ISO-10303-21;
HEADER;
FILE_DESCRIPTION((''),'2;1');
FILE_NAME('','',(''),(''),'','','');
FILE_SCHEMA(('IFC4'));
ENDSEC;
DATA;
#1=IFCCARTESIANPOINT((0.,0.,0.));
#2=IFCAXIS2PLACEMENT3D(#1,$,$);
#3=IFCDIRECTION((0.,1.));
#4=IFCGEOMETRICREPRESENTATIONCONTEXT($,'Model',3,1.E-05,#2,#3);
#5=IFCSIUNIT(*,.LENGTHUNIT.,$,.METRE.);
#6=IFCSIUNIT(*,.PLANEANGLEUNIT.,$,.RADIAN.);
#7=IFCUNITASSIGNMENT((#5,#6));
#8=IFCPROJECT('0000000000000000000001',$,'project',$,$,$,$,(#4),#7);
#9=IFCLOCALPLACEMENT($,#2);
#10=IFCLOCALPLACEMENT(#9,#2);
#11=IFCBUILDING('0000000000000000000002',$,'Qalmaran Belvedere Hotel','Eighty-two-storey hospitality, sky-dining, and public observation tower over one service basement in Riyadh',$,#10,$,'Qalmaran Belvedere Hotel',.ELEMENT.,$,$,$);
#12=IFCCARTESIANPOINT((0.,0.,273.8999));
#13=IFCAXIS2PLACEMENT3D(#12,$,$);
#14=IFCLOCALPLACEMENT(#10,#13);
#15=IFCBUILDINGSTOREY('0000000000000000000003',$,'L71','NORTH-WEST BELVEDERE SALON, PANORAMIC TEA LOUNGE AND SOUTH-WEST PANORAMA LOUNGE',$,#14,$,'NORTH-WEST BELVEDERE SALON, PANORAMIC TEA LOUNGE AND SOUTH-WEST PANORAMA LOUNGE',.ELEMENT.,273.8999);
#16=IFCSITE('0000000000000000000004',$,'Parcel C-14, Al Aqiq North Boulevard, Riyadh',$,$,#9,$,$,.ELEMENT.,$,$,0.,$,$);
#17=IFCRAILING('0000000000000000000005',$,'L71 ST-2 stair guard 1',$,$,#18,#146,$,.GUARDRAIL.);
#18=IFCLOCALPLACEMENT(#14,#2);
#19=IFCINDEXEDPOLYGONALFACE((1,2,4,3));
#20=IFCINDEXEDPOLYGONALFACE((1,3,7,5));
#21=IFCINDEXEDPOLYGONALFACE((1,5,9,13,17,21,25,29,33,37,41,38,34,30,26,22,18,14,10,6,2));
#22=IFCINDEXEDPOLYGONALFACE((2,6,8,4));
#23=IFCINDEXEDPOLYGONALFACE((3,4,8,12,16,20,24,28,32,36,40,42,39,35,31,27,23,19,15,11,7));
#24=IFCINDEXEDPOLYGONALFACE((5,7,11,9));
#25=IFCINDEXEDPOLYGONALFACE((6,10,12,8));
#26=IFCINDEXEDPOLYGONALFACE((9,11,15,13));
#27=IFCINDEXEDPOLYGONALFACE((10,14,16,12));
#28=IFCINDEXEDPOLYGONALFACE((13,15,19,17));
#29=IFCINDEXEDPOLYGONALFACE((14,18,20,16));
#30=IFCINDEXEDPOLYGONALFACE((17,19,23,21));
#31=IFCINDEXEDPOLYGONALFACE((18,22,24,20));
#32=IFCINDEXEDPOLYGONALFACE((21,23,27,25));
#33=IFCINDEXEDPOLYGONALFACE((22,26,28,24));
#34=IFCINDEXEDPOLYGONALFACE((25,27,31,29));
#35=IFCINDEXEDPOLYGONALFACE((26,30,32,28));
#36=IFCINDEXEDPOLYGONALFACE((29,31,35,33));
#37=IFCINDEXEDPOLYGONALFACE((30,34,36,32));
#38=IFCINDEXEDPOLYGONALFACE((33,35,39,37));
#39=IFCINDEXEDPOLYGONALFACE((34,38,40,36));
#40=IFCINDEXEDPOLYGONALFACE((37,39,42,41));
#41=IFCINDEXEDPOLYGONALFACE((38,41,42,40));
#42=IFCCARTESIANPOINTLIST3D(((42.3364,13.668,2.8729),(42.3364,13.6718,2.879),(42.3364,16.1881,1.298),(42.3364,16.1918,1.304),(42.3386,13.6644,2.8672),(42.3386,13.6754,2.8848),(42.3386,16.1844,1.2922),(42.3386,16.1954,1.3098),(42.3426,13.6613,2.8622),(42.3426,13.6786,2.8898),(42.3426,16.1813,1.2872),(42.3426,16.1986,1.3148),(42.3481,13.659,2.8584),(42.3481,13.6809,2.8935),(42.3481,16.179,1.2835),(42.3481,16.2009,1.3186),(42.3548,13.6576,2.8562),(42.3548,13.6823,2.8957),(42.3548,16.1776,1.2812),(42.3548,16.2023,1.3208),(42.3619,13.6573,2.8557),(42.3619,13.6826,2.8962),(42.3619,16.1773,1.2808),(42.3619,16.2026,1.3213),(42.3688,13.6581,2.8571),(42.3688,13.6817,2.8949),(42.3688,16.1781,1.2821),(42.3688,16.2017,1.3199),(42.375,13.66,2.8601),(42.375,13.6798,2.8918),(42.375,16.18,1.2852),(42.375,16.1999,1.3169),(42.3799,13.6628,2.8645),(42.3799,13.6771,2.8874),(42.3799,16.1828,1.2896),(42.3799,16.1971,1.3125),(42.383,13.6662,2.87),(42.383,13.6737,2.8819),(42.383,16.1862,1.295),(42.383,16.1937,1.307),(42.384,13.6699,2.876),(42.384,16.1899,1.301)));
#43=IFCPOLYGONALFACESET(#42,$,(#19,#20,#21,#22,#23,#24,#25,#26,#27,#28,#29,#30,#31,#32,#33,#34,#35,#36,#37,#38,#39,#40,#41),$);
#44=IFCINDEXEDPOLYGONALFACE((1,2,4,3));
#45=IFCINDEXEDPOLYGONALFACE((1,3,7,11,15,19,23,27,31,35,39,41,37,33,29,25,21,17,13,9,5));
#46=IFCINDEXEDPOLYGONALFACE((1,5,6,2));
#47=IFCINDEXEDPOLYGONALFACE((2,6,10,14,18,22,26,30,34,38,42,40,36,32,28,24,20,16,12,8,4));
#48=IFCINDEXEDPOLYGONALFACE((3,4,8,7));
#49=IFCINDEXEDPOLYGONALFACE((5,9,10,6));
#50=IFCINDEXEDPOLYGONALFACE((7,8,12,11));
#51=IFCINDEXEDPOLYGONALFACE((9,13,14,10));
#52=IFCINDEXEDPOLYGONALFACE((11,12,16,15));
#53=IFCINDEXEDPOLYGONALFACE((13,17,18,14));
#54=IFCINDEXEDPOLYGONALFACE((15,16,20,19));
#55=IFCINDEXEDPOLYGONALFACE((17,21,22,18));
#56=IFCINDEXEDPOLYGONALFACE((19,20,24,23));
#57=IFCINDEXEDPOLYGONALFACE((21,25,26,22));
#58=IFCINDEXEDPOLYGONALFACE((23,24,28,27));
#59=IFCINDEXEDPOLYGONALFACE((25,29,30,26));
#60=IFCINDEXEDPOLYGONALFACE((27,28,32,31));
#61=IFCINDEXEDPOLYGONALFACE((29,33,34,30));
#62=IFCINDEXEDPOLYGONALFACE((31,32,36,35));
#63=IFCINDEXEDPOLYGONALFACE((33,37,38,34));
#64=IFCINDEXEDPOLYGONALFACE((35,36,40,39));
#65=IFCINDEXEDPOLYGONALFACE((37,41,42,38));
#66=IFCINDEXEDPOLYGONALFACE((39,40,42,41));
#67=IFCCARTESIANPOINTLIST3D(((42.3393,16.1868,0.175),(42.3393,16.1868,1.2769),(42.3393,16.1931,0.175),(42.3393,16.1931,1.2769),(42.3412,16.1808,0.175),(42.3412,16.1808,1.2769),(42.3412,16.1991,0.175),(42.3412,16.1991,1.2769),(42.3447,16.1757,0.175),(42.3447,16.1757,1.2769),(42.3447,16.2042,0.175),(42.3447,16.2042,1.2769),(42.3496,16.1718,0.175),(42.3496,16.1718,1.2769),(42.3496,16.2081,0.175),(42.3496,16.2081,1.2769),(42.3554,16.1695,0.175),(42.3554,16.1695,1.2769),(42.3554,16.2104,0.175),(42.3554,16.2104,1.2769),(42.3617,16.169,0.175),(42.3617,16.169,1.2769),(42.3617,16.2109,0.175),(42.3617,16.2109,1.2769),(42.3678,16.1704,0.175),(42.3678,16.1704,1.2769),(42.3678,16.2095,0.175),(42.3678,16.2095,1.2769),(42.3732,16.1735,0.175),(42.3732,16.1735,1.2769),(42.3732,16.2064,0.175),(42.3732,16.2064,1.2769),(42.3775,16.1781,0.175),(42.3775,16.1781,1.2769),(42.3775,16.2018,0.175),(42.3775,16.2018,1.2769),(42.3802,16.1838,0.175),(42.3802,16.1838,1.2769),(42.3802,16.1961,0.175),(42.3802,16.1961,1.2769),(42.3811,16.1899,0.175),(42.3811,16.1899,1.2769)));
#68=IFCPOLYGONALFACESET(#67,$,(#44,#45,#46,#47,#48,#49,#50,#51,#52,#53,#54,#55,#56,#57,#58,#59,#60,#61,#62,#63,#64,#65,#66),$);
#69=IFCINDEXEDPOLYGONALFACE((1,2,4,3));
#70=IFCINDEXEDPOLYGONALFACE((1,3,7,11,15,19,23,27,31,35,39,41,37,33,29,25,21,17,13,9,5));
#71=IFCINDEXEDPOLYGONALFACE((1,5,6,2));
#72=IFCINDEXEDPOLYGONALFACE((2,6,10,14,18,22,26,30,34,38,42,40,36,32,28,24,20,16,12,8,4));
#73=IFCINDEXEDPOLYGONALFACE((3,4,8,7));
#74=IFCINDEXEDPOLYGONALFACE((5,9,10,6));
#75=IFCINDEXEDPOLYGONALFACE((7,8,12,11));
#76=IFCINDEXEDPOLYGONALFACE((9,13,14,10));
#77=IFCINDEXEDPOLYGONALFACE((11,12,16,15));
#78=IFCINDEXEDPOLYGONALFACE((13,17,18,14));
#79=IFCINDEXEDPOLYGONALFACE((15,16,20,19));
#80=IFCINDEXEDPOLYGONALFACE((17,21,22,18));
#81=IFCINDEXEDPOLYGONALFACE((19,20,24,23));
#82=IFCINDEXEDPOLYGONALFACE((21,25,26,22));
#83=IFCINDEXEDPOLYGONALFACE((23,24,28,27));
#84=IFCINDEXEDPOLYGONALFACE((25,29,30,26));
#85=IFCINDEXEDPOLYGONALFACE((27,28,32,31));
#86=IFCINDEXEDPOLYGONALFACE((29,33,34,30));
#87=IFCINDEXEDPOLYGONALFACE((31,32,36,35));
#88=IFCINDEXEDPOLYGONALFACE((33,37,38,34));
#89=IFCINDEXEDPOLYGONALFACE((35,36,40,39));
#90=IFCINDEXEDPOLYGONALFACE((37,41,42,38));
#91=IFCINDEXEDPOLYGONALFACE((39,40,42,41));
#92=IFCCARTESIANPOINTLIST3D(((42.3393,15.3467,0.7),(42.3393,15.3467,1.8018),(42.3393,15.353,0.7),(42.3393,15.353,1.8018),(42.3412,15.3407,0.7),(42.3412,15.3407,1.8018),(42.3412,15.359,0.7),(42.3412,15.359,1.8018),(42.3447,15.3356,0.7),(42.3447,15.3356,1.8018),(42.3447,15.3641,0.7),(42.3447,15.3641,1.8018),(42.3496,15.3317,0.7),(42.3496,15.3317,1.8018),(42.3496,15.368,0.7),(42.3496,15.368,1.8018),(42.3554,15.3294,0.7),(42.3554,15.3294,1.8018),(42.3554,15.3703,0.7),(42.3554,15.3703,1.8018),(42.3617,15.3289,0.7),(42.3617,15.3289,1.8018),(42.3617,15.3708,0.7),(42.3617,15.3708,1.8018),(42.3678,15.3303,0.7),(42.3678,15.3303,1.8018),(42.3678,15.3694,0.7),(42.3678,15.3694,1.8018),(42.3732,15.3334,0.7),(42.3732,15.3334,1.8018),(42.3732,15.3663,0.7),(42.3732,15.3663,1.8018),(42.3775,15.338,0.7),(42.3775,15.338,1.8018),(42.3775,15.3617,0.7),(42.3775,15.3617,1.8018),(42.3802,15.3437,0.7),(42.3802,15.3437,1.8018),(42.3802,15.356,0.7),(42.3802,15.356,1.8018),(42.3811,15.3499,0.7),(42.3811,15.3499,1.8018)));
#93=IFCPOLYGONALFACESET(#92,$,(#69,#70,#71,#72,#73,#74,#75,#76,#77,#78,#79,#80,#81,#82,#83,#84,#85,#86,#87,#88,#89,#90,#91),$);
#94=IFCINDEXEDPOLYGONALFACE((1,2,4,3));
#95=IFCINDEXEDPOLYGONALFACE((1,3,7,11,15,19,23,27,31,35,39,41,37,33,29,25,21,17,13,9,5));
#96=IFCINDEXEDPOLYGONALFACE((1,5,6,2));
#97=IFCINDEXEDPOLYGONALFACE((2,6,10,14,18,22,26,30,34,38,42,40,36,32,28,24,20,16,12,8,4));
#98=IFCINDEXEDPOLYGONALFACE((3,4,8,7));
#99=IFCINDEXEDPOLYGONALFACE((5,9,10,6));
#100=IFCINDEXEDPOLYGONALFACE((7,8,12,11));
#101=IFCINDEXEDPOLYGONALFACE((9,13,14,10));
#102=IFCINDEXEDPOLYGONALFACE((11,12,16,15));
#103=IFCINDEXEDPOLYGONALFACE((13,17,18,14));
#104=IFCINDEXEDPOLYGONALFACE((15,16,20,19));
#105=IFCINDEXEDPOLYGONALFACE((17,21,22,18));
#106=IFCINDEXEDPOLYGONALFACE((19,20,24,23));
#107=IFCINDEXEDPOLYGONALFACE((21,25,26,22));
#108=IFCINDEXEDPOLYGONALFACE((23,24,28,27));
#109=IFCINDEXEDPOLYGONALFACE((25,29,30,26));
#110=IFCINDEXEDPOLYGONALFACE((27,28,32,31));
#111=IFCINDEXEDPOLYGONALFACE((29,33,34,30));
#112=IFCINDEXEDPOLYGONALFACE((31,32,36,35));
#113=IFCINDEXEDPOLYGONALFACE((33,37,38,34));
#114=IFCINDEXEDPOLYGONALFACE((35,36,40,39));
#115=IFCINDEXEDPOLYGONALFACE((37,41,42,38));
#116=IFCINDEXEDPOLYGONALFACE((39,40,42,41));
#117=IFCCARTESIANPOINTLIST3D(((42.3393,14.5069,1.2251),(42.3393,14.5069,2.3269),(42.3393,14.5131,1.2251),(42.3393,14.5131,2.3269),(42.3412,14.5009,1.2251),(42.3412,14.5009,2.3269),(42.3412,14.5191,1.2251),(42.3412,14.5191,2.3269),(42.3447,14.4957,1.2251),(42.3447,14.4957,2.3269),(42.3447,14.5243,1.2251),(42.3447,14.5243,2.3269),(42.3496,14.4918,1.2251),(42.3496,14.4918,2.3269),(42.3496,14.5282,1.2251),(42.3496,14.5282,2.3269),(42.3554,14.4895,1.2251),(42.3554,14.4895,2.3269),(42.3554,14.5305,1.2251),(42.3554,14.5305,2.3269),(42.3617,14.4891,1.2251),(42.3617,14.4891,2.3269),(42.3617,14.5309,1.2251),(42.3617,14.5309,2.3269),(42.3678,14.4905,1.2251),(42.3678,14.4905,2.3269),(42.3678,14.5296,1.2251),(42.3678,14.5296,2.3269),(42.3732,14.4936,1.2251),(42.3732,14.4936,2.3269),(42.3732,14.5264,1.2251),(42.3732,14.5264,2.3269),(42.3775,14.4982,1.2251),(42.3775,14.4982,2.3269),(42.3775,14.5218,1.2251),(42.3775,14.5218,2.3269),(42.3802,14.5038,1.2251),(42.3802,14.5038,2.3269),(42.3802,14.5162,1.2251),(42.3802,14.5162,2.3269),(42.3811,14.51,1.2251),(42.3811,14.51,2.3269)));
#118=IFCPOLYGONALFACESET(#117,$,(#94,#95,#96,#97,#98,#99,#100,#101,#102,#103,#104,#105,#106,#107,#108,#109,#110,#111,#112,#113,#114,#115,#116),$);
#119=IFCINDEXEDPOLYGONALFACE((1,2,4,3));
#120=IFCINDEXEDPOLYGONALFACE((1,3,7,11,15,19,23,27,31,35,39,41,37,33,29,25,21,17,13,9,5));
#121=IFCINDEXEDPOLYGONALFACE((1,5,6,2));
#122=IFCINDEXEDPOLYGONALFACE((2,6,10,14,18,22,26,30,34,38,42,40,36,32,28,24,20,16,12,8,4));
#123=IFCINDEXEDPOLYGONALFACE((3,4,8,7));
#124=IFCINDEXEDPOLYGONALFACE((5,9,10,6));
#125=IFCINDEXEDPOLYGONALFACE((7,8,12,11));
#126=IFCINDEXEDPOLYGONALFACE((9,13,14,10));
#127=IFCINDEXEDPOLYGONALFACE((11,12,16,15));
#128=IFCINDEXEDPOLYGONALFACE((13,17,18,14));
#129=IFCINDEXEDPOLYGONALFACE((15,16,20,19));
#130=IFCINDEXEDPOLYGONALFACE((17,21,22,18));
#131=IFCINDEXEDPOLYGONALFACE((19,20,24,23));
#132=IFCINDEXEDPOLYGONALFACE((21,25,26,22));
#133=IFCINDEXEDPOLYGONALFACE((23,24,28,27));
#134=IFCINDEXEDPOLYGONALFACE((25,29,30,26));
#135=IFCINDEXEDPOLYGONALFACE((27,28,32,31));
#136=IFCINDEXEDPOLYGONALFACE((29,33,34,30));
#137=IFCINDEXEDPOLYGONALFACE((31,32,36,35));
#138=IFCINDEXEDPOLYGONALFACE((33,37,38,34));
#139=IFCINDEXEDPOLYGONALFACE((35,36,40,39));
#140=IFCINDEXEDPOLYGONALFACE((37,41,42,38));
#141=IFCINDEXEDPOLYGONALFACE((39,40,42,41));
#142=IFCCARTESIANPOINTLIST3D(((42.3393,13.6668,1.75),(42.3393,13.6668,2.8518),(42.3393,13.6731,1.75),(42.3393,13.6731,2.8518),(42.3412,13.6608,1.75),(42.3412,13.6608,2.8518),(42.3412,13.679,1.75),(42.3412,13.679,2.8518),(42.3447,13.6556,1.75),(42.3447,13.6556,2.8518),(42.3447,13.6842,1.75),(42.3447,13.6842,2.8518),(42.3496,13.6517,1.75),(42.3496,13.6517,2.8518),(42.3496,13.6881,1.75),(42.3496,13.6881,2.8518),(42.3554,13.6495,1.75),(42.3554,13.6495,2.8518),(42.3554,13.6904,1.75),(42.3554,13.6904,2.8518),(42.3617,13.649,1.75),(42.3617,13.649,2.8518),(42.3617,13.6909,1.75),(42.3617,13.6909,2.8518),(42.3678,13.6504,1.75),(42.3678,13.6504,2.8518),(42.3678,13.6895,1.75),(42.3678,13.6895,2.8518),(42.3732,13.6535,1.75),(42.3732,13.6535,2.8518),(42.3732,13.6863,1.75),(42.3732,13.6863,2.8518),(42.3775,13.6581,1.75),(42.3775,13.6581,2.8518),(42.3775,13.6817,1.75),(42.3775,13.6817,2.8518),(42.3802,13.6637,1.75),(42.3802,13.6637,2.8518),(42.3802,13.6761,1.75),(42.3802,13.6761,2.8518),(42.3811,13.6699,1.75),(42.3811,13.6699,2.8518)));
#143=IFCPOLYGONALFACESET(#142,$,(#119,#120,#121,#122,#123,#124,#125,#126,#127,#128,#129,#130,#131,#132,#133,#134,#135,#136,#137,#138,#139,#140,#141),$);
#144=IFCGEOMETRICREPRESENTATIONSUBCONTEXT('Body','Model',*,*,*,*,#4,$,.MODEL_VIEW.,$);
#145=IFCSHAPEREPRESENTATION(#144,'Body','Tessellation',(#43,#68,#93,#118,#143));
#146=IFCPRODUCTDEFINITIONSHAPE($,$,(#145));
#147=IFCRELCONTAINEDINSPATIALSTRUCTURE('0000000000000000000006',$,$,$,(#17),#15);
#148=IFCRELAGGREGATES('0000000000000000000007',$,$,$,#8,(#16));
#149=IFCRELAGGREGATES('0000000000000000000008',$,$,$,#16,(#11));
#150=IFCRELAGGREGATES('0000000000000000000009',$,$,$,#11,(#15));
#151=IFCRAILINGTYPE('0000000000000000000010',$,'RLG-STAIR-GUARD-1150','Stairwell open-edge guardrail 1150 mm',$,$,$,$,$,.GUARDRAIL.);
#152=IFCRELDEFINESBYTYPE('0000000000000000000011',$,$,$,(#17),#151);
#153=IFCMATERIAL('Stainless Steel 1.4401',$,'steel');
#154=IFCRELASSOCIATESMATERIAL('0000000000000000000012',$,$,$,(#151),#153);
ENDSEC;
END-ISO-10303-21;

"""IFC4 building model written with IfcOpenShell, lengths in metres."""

from ifc_helpers import new_model, si_unit, direction, frame, origin, origin_2d, place, context, subcontext, project, spatial, circle, extrude, material, type_object, element, save


model = new_model("IFC4")

# Units and contexts
model_context = context("Model", 3, precision=1e-05, world=origin(), true_north=direction((0.0, 1.0)))
body_context = subcontext(model_context, "Body", "Model", "MODEL_VIEW")
ifc_project = project(units=[si_unit("LENGTHUNIT", "METRE"), si_unit("PLANEANGLEUNIT", "RADIAN")], contexts=[model_context])

# Site, building, storey
site_placement = place(None, origin())
site = spatial("IfcSite", under=ifc_project, at=site_placement, Name="Parcel C-14, Al Aqiq North Boulevard, Riyadh", CompositionType="ELEMENT", RefElevation=0.0)
building_placement = place(site_placement, origin())
building = spatial("IfcBuilding", under=site, at=building_placement, Name="Qalmaran Belvedere Hotel", Description="Eighty-two-storey hospitality, sky-dining, and public observation tower over one service basement in Riyadh", LongName="Qalmaran Belvedere Hotel", CompositionType="ELEMENT")
storey_placement = place(building_placement, frame((0.0, 0.0, 273.8999)))
storey = spatial("IfcBuildingStorey", under=building, at=storey_placement, Name="L71", Description="NORTH-WEST BELVEDERE SALON, PANORAMIC TEA LOUNGE AND SOUTH-WEST PANORAMA LOUNGE", LongName="NORTH-WEST BELVEDERE SALON, PANORAMIC TEA LOUNGE AND SOUTH-WEST PANORAMA LOUNGE", CompositionType="ELEMENT", Elevation=273.8999)

# Railing
ifc_material_1 = material(Name="Stainless Steel 1.4401", Category="steel")
railing_type_1 = type_object("IfcRailingType", Name="RLG-STAIR-GUARD-1150", Description="Stairwell open-edge guardrail 1150 mm", PredefinedType="GUARDRAIL", material=ifc_material_1)
railing_1_placement = place(storey_placement, frame((42.3601, 16.1899, 0.175)))
element("IfcRailing", 1, at=railing_1_placement, inside=storey, type_object=railing_type_1, Name="L71 ST-2 stair guard 1", PredefinedType="GUARDRAIL", context=body_context, shape_type="SweptSolid", body=[
    extrude(circle(Radius=0.0239, at=origin_2d()), frame((0.0, 0.0, 1.126), z_axis=(0.0, -0.848008, 0.529984), x_axis=(1.0, 0.0, 0.0)), (0.0, 0.0, 1.0), 2.9717),
    extrude(circle(Radius=0.021, at=origin_2d()), origin(), (0.0, 0.0, 1.0), 1.1018),
    extrude(circle(Radius=0.021, at=origin_2d()), frame((0.0, -0.8401, 0.5249)), (0.0, 0.0, 1.0), 1.1018),
    extrude(circle(Radius=0.021, at=origin_2d()), frame((0.0, -1.6799, 1.05)), (0.0, 0.0, 1.0), 1.1018),
    extrude(circle(Radius=0.021, at=origin_2d()), frame((0.0, -2.52, 1.575)), (0.0, 0.0, 1.0), 1.1018),
])

save(model, "model.ifc")
